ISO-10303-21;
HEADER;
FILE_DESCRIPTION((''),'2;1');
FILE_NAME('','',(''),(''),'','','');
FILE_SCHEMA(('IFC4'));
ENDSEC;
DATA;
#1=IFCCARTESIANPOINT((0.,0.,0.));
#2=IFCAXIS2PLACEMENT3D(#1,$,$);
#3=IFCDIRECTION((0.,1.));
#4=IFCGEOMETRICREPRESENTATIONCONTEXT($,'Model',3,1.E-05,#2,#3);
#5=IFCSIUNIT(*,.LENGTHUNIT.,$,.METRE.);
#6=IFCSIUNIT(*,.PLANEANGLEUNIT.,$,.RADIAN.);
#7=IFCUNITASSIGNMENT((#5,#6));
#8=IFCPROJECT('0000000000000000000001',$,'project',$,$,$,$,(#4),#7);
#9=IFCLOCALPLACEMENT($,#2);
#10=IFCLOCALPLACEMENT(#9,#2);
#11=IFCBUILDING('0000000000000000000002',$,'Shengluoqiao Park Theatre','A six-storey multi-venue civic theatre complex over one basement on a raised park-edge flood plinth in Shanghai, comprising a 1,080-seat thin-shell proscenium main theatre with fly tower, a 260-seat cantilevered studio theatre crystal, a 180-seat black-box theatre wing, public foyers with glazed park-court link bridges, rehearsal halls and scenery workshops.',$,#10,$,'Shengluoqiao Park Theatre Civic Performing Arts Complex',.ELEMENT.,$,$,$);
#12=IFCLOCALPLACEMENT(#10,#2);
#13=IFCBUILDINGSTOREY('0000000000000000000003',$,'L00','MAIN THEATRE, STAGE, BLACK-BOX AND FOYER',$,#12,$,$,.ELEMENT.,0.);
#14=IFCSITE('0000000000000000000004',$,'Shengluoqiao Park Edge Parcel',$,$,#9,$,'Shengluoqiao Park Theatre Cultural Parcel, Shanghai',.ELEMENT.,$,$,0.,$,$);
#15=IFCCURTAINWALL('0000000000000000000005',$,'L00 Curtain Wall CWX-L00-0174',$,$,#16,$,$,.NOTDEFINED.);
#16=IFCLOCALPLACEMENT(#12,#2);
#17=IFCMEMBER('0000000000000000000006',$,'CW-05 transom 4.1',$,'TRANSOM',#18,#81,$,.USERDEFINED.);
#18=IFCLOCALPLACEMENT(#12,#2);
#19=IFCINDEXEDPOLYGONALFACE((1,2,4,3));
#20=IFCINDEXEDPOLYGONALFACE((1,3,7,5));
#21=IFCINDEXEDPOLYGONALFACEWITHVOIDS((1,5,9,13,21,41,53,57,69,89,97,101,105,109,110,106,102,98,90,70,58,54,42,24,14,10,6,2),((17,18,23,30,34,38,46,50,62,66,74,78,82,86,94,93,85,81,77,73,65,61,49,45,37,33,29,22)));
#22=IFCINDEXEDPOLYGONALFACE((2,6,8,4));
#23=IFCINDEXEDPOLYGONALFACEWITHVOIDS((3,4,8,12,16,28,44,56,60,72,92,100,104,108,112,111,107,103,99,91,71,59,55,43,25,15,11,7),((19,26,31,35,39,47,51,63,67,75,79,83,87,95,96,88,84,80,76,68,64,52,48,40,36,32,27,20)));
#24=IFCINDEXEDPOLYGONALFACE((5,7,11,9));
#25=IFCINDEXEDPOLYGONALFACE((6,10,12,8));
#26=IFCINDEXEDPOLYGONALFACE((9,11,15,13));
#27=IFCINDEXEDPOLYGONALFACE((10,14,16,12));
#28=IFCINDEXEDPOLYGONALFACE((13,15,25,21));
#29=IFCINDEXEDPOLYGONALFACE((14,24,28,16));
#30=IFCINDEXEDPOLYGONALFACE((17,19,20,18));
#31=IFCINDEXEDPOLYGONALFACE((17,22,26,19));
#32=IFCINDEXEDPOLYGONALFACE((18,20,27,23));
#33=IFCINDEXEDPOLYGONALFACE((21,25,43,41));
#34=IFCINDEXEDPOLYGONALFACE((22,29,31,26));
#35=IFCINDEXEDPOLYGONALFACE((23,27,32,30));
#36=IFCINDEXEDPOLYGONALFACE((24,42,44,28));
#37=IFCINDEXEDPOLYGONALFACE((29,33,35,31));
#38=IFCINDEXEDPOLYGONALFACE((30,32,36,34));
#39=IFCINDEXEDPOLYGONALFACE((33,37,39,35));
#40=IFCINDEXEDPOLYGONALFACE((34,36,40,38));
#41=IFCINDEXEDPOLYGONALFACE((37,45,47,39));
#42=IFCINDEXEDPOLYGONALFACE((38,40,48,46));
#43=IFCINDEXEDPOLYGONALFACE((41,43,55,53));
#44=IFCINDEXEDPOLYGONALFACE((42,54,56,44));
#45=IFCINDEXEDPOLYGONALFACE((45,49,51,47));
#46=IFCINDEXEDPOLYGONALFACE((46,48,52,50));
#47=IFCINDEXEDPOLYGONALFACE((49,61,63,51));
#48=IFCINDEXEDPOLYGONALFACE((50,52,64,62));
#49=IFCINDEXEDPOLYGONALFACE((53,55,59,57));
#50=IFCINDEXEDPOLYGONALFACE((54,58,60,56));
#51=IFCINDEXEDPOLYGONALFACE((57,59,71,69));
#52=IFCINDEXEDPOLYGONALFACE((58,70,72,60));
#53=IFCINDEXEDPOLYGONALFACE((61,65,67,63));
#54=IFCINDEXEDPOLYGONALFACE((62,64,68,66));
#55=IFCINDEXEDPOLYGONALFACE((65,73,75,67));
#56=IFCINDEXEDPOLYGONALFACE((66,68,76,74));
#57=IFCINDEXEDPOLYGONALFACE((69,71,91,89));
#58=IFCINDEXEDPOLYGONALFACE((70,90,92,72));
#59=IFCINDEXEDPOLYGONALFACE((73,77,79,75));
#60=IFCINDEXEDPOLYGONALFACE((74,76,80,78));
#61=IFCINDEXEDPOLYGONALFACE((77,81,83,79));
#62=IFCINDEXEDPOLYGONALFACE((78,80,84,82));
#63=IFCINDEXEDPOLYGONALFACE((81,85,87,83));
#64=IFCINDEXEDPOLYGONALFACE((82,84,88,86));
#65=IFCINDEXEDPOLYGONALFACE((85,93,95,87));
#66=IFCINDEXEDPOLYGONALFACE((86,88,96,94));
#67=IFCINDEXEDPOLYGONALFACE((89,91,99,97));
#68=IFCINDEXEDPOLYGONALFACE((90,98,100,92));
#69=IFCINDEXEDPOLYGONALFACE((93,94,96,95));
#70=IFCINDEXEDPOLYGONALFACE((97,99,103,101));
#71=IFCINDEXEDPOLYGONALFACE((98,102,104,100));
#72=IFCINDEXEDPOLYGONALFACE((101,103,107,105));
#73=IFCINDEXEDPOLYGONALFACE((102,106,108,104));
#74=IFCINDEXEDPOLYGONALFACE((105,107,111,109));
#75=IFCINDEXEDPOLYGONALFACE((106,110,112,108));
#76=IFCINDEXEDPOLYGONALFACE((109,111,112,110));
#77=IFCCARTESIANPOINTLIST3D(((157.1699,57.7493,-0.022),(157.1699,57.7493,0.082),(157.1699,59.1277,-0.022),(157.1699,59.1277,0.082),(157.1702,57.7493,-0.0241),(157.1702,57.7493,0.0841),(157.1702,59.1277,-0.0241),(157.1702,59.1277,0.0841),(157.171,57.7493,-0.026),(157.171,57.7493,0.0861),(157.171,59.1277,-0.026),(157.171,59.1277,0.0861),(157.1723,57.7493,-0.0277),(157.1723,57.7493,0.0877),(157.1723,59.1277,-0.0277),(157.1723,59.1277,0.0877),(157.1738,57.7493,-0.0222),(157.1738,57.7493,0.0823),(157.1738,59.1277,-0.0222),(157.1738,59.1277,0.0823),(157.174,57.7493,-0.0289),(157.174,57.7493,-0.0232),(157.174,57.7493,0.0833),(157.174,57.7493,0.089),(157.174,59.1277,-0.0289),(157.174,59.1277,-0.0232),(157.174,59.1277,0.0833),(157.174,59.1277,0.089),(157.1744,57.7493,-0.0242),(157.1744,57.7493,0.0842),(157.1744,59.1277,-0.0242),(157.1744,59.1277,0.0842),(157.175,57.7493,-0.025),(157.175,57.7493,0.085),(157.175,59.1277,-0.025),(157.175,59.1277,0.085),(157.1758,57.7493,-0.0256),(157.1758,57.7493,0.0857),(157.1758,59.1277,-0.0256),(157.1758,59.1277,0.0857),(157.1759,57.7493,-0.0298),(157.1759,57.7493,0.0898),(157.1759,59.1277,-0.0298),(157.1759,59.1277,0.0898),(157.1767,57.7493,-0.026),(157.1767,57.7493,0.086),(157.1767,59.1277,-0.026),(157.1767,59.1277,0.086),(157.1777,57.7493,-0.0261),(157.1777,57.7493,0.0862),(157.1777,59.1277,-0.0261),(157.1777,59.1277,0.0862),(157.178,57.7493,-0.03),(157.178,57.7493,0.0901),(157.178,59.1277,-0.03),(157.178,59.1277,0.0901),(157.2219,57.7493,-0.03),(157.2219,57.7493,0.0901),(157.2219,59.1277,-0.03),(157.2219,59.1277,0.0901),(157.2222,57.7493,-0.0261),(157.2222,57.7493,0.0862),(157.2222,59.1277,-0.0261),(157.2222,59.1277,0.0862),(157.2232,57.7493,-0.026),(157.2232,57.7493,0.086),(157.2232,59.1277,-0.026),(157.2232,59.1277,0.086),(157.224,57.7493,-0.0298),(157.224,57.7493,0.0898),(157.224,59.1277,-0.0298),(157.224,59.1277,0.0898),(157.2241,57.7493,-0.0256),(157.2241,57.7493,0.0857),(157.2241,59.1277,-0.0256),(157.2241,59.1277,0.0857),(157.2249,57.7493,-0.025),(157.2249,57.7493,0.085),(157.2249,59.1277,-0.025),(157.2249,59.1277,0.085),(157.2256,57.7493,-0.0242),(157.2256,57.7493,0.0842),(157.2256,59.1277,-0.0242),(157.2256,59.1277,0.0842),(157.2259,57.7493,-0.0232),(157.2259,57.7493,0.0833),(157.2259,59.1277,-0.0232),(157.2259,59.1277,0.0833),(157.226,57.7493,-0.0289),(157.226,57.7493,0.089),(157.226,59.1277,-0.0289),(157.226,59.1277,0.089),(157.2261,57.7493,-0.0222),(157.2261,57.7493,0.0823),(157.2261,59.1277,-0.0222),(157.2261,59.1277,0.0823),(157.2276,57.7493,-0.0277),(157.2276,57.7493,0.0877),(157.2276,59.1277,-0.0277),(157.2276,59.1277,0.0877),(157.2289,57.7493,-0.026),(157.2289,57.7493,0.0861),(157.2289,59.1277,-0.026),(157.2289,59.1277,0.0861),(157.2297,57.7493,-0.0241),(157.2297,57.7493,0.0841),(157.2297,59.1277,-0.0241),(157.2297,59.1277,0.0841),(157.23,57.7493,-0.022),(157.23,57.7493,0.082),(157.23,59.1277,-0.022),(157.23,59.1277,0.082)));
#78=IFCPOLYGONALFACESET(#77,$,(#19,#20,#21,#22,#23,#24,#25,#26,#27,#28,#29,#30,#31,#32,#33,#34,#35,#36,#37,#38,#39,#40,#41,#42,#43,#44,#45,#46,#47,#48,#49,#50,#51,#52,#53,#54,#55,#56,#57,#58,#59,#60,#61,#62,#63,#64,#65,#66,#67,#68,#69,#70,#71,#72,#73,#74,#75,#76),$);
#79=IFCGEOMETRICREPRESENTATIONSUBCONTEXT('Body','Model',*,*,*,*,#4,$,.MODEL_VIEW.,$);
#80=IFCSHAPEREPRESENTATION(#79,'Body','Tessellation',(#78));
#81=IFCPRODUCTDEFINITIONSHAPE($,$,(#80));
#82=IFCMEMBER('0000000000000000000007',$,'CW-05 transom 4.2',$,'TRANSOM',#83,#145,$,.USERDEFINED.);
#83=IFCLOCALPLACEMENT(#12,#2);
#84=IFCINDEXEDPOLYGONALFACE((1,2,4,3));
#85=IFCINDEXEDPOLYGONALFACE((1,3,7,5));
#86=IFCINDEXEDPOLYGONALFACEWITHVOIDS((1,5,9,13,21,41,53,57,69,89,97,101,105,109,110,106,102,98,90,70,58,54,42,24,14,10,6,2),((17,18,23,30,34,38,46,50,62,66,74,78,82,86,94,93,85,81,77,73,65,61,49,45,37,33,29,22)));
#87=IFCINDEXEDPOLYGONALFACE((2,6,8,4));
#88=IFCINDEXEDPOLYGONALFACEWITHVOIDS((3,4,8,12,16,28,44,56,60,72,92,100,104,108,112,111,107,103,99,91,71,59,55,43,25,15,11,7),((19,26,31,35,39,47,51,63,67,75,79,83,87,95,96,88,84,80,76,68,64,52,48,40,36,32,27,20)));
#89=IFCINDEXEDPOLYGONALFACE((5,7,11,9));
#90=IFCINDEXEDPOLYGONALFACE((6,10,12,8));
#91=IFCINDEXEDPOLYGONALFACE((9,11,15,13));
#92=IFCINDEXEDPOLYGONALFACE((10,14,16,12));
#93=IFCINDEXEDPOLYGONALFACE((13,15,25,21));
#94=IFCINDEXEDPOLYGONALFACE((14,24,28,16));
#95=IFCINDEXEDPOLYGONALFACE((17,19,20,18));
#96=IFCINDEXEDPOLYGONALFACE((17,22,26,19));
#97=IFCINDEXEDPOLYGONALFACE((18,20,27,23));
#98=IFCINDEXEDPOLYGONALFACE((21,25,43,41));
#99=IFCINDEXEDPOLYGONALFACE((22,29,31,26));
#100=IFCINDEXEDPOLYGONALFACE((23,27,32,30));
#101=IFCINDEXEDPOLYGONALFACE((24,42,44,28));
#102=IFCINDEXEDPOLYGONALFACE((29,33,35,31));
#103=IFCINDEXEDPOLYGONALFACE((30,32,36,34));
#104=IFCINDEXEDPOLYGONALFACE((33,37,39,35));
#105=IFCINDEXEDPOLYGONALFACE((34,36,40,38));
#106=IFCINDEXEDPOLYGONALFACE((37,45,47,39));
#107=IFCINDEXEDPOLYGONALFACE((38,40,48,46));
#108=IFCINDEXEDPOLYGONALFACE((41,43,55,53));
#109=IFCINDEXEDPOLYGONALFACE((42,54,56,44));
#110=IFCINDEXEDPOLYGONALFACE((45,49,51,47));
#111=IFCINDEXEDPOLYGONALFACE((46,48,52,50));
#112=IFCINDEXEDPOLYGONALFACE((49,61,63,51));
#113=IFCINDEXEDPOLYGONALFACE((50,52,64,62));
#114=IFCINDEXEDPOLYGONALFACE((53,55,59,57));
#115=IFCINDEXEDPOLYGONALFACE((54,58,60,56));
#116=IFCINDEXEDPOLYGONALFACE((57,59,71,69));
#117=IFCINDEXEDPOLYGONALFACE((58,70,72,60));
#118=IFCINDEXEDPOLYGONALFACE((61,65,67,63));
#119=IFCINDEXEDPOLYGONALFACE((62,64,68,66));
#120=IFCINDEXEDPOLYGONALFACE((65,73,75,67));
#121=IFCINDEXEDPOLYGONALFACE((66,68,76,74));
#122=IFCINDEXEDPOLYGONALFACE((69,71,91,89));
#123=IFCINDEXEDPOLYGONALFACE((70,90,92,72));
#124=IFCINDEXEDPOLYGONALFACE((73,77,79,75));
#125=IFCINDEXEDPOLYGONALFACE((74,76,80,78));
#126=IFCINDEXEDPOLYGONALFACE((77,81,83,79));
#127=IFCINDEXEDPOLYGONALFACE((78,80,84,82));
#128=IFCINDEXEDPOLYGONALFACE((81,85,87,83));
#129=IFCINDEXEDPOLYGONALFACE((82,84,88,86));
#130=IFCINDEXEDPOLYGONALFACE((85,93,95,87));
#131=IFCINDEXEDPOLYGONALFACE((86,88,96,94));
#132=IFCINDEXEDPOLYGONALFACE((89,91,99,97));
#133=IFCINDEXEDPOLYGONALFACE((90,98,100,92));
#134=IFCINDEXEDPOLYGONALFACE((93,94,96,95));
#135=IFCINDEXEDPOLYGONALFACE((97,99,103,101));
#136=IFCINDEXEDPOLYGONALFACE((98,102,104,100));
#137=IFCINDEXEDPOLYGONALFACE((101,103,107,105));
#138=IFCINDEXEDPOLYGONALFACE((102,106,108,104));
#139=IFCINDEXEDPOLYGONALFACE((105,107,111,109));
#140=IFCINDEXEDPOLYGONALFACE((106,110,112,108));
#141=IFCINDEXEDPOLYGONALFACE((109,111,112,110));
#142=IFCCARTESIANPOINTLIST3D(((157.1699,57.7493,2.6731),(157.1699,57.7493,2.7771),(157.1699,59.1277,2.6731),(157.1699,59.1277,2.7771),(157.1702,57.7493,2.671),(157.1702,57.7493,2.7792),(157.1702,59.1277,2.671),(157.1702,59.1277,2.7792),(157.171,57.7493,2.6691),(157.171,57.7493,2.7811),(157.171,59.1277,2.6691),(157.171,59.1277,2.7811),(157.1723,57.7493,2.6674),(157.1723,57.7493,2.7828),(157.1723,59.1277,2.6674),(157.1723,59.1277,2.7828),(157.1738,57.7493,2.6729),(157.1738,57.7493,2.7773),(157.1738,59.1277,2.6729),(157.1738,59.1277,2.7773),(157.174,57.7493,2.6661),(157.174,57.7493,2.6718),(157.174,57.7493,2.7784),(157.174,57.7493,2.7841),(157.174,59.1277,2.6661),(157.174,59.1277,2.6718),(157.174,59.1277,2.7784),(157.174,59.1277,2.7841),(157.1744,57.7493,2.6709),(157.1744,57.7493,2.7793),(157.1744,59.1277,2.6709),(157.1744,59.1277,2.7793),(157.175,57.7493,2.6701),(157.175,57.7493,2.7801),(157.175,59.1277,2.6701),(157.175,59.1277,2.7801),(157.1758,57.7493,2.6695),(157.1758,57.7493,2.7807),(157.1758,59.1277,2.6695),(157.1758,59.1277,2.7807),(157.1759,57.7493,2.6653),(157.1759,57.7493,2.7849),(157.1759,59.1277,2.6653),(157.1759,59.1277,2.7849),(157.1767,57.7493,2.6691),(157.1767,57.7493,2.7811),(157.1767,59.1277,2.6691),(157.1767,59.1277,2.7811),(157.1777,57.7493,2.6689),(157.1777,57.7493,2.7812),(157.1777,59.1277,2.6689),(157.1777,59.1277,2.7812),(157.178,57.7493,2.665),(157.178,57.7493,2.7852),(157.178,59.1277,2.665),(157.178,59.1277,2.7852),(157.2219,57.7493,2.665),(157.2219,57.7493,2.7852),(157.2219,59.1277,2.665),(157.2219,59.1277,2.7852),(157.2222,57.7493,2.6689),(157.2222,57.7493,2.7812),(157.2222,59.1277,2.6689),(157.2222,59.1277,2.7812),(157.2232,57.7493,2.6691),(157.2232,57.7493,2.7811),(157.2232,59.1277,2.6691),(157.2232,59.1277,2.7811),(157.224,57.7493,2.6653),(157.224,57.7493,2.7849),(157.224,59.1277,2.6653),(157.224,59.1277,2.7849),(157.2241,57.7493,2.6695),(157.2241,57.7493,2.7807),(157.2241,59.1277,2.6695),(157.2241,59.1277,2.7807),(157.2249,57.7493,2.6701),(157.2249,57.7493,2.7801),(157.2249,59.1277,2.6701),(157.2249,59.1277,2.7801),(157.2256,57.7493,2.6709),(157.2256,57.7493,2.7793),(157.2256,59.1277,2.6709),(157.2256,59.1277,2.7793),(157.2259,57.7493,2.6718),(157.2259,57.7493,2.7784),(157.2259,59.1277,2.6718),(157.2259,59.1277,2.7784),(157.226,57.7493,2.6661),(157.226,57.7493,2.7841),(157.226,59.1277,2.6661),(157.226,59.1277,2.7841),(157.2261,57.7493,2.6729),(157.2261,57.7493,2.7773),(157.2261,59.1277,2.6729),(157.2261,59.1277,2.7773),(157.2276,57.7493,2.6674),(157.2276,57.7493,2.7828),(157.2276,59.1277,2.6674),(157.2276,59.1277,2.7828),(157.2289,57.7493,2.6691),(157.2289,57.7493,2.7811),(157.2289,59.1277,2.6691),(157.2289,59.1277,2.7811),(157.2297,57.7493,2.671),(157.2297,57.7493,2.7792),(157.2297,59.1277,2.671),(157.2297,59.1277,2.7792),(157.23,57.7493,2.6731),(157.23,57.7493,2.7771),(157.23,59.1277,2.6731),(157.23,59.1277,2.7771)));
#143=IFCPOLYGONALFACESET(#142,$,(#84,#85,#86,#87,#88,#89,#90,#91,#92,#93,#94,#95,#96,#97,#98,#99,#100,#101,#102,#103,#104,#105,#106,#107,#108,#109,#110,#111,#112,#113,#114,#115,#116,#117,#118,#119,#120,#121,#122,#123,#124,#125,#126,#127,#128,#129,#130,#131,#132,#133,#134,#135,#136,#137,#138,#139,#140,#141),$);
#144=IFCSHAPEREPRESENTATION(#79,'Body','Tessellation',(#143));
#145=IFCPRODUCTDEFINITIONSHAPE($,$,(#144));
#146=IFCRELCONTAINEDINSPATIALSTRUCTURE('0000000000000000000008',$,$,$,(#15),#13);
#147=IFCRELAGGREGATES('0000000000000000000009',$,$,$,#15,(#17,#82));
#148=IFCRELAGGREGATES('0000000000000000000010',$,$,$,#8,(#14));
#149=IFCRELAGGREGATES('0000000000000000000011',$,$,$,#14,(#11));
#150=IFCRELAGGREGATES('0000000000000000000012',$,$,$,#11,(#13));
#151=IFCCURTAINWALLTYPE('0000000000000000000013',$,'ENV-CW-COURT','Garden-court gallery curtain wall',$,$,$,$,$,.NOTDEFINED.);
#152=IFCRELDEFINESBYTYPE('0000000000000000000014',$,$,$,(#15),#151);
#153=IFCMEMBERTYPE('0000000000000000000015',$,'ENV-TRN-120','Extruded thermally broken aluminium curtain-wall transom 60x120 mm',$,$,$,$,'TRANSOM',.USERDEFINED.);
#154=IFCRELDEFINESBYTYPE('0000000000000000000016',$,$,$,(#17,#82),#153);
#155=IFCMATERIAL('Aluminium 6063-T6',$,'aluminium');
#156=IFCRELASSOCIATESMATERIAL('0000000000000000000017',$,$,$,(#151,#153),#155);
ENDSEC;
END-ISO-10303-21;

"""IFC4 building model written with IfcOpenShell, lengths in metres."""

from ifc_helpers import new_model, si_unit, direction, frame, origin, origin_2d, place, context, subcontext, project, spatial, hollow_rectangle, extrude, material, material_profile, profile_set, type_object, element, aggregate, save


model = new_model("IFC4")

# Units and contexts
model_context = context("Model", 3, precision=1e-05, world=origin(), true_north=direction((0.0, 1.0)))
body_context = subcontext(model_context, "Body", "Model", "MODEL_VIEW")
ifc_project = project(units=[si_unit("LENGTHUNIT", "METRE"), si_unit("PLANEANGLEUNIT", "RADIAN")], contexts=[model_context])

# Site, building, storey
site_placement = place(None, origin())
site = spatial("IfcSite", under=ifc_project, at=site_placement, Name="Shengluoqiao Park Edge Parcel", LongName="Shengluoqiao Park Theatre Cultural Parcel, Shanghai", CompositionType="ELEMENT", RefElevation=0.0)
building_placement = place(site_placement, origin())
building = spatial("IfcBuilding", under=site, at=building_placement, Name="Shengluoqiao Park Theatre", Description="A six-storey multi-venue civic theatre complex over one basement on a raised park-edge flood plinth in Shanghai, comprising a 1,080-seat thin-shell proscenium main theatre with fly tower, a 260-seat cantilevered studio theatre crystal, a 180-seat black-box theatre wing, public foyers with glazed park-court link bridges, rehearsal halls and scenery workshops.", LongName="Shengluoqiao Park Theatre Civic Performing Arts Complex", CompositionType="ELEMENT")
storey_placement = place(building_placement, origin())
storey = spatial("IfcBuildingStorey", under=building, at=storey_placement, Name="L00", Description="MAIN THEATRE, STAGE, BLACK-BOX AND FOYER", CompositionType="ELEMENT", Elevation=0.0)

# Curtain wall, members
ifc_material_1 = material(Name="Aluminium 6063-T6", Category="aluminium")
curtain_wall_type = type_object("IfcCurtainWallType", Name="ENV-CW-COURT", Description="Garden-court gallery curtain wall", PredefinedType="NOTDEFINED", material=ifc_material_1)
curtain_wall_placement = place(storey_placement, origin())
curtain_wall = element("IfcCurtainWall", 1, at=curtain_wall_placement, inside=storey, type_object=curtain_wall_type, Name="L00 Curtain Wall CWX-L00-0174", PredefinedType="NOTDEFINED")
ifc_material_profile_1 = material_profile(ifc_material_1, hollow_rectangle(XDim=0.0601, YDim=0.1201, WallThickness=0.0039, InnerFilletRadius=0.0039, OuterFilletRadius=0.0081, at=origin_2d()), Name="ALU TRANSOM 120x60x4")
ifc_profile_set_1 = profile_set([ifc_material_profile_1], Name="Aluminium 6063-T6")
member_type_1 = type_object("IfcMemberType", Name="ENV-TRN-120", Description="Extruded thermally broken aluminium curtain-wall transom 60x120 mm", ElementType="TRANSOM", PredefinedType="USERDEFINED", material=ifc_profile_set_1)
member_1_placement = place(storey_placement, frame((157.2, 57.7493, 0.03), z_axis=(0.0, 1.0, 0.0), x_axis=(-1.0, 0.0, 0.0)))
member_1 = element("IfcMember", 2, at=member_1_placement, type_object=member_type_1, Name="CW-05 transom 4.1", ObjectType="TRANSOM", PredefinedType="USERDEFINED", context=body_context, shape_type="SweptSolid", body=[
    extrude(hollow_rectangle(XDim=0.0601, YDim=0.1201, WallThickness=0.0039, InnerFilletRadius=0.0039, OuterFilletRadius=0.0081, at=origin_2d()), origin(), (0.0, 0.0, 1.0), 1.3784),
])
member_2_placement = place(storey_placement, frame((157.2, 57.7493, 2.7251), z_axis=(0.0, 1.0, 0.0), x_axis=(-1.0, 0.0, 0.0)))
member_2 = element("IfcMember", 3, at=member_2_placement, type_object=member_type_1, Name="CW-05 transom 4.2", ObjectType="TRANSOM", PredefinedType="USERDEFINED", context=body_context, shape_type="SweptSolid", body=[
    extrude(hollow_rectangle(XDim=0.0601, YDim=0.1201, WallThickness=0.0039, InnerFilletRadius=0.0039, OuterFilletRadius=0.0081, at=origin_2d()), origin(), (0.0, 0.0, 1.0), 1.3784),
])
aggregate(curtain_wall, [member_1, member_2])

save(model, "model.ifc")
